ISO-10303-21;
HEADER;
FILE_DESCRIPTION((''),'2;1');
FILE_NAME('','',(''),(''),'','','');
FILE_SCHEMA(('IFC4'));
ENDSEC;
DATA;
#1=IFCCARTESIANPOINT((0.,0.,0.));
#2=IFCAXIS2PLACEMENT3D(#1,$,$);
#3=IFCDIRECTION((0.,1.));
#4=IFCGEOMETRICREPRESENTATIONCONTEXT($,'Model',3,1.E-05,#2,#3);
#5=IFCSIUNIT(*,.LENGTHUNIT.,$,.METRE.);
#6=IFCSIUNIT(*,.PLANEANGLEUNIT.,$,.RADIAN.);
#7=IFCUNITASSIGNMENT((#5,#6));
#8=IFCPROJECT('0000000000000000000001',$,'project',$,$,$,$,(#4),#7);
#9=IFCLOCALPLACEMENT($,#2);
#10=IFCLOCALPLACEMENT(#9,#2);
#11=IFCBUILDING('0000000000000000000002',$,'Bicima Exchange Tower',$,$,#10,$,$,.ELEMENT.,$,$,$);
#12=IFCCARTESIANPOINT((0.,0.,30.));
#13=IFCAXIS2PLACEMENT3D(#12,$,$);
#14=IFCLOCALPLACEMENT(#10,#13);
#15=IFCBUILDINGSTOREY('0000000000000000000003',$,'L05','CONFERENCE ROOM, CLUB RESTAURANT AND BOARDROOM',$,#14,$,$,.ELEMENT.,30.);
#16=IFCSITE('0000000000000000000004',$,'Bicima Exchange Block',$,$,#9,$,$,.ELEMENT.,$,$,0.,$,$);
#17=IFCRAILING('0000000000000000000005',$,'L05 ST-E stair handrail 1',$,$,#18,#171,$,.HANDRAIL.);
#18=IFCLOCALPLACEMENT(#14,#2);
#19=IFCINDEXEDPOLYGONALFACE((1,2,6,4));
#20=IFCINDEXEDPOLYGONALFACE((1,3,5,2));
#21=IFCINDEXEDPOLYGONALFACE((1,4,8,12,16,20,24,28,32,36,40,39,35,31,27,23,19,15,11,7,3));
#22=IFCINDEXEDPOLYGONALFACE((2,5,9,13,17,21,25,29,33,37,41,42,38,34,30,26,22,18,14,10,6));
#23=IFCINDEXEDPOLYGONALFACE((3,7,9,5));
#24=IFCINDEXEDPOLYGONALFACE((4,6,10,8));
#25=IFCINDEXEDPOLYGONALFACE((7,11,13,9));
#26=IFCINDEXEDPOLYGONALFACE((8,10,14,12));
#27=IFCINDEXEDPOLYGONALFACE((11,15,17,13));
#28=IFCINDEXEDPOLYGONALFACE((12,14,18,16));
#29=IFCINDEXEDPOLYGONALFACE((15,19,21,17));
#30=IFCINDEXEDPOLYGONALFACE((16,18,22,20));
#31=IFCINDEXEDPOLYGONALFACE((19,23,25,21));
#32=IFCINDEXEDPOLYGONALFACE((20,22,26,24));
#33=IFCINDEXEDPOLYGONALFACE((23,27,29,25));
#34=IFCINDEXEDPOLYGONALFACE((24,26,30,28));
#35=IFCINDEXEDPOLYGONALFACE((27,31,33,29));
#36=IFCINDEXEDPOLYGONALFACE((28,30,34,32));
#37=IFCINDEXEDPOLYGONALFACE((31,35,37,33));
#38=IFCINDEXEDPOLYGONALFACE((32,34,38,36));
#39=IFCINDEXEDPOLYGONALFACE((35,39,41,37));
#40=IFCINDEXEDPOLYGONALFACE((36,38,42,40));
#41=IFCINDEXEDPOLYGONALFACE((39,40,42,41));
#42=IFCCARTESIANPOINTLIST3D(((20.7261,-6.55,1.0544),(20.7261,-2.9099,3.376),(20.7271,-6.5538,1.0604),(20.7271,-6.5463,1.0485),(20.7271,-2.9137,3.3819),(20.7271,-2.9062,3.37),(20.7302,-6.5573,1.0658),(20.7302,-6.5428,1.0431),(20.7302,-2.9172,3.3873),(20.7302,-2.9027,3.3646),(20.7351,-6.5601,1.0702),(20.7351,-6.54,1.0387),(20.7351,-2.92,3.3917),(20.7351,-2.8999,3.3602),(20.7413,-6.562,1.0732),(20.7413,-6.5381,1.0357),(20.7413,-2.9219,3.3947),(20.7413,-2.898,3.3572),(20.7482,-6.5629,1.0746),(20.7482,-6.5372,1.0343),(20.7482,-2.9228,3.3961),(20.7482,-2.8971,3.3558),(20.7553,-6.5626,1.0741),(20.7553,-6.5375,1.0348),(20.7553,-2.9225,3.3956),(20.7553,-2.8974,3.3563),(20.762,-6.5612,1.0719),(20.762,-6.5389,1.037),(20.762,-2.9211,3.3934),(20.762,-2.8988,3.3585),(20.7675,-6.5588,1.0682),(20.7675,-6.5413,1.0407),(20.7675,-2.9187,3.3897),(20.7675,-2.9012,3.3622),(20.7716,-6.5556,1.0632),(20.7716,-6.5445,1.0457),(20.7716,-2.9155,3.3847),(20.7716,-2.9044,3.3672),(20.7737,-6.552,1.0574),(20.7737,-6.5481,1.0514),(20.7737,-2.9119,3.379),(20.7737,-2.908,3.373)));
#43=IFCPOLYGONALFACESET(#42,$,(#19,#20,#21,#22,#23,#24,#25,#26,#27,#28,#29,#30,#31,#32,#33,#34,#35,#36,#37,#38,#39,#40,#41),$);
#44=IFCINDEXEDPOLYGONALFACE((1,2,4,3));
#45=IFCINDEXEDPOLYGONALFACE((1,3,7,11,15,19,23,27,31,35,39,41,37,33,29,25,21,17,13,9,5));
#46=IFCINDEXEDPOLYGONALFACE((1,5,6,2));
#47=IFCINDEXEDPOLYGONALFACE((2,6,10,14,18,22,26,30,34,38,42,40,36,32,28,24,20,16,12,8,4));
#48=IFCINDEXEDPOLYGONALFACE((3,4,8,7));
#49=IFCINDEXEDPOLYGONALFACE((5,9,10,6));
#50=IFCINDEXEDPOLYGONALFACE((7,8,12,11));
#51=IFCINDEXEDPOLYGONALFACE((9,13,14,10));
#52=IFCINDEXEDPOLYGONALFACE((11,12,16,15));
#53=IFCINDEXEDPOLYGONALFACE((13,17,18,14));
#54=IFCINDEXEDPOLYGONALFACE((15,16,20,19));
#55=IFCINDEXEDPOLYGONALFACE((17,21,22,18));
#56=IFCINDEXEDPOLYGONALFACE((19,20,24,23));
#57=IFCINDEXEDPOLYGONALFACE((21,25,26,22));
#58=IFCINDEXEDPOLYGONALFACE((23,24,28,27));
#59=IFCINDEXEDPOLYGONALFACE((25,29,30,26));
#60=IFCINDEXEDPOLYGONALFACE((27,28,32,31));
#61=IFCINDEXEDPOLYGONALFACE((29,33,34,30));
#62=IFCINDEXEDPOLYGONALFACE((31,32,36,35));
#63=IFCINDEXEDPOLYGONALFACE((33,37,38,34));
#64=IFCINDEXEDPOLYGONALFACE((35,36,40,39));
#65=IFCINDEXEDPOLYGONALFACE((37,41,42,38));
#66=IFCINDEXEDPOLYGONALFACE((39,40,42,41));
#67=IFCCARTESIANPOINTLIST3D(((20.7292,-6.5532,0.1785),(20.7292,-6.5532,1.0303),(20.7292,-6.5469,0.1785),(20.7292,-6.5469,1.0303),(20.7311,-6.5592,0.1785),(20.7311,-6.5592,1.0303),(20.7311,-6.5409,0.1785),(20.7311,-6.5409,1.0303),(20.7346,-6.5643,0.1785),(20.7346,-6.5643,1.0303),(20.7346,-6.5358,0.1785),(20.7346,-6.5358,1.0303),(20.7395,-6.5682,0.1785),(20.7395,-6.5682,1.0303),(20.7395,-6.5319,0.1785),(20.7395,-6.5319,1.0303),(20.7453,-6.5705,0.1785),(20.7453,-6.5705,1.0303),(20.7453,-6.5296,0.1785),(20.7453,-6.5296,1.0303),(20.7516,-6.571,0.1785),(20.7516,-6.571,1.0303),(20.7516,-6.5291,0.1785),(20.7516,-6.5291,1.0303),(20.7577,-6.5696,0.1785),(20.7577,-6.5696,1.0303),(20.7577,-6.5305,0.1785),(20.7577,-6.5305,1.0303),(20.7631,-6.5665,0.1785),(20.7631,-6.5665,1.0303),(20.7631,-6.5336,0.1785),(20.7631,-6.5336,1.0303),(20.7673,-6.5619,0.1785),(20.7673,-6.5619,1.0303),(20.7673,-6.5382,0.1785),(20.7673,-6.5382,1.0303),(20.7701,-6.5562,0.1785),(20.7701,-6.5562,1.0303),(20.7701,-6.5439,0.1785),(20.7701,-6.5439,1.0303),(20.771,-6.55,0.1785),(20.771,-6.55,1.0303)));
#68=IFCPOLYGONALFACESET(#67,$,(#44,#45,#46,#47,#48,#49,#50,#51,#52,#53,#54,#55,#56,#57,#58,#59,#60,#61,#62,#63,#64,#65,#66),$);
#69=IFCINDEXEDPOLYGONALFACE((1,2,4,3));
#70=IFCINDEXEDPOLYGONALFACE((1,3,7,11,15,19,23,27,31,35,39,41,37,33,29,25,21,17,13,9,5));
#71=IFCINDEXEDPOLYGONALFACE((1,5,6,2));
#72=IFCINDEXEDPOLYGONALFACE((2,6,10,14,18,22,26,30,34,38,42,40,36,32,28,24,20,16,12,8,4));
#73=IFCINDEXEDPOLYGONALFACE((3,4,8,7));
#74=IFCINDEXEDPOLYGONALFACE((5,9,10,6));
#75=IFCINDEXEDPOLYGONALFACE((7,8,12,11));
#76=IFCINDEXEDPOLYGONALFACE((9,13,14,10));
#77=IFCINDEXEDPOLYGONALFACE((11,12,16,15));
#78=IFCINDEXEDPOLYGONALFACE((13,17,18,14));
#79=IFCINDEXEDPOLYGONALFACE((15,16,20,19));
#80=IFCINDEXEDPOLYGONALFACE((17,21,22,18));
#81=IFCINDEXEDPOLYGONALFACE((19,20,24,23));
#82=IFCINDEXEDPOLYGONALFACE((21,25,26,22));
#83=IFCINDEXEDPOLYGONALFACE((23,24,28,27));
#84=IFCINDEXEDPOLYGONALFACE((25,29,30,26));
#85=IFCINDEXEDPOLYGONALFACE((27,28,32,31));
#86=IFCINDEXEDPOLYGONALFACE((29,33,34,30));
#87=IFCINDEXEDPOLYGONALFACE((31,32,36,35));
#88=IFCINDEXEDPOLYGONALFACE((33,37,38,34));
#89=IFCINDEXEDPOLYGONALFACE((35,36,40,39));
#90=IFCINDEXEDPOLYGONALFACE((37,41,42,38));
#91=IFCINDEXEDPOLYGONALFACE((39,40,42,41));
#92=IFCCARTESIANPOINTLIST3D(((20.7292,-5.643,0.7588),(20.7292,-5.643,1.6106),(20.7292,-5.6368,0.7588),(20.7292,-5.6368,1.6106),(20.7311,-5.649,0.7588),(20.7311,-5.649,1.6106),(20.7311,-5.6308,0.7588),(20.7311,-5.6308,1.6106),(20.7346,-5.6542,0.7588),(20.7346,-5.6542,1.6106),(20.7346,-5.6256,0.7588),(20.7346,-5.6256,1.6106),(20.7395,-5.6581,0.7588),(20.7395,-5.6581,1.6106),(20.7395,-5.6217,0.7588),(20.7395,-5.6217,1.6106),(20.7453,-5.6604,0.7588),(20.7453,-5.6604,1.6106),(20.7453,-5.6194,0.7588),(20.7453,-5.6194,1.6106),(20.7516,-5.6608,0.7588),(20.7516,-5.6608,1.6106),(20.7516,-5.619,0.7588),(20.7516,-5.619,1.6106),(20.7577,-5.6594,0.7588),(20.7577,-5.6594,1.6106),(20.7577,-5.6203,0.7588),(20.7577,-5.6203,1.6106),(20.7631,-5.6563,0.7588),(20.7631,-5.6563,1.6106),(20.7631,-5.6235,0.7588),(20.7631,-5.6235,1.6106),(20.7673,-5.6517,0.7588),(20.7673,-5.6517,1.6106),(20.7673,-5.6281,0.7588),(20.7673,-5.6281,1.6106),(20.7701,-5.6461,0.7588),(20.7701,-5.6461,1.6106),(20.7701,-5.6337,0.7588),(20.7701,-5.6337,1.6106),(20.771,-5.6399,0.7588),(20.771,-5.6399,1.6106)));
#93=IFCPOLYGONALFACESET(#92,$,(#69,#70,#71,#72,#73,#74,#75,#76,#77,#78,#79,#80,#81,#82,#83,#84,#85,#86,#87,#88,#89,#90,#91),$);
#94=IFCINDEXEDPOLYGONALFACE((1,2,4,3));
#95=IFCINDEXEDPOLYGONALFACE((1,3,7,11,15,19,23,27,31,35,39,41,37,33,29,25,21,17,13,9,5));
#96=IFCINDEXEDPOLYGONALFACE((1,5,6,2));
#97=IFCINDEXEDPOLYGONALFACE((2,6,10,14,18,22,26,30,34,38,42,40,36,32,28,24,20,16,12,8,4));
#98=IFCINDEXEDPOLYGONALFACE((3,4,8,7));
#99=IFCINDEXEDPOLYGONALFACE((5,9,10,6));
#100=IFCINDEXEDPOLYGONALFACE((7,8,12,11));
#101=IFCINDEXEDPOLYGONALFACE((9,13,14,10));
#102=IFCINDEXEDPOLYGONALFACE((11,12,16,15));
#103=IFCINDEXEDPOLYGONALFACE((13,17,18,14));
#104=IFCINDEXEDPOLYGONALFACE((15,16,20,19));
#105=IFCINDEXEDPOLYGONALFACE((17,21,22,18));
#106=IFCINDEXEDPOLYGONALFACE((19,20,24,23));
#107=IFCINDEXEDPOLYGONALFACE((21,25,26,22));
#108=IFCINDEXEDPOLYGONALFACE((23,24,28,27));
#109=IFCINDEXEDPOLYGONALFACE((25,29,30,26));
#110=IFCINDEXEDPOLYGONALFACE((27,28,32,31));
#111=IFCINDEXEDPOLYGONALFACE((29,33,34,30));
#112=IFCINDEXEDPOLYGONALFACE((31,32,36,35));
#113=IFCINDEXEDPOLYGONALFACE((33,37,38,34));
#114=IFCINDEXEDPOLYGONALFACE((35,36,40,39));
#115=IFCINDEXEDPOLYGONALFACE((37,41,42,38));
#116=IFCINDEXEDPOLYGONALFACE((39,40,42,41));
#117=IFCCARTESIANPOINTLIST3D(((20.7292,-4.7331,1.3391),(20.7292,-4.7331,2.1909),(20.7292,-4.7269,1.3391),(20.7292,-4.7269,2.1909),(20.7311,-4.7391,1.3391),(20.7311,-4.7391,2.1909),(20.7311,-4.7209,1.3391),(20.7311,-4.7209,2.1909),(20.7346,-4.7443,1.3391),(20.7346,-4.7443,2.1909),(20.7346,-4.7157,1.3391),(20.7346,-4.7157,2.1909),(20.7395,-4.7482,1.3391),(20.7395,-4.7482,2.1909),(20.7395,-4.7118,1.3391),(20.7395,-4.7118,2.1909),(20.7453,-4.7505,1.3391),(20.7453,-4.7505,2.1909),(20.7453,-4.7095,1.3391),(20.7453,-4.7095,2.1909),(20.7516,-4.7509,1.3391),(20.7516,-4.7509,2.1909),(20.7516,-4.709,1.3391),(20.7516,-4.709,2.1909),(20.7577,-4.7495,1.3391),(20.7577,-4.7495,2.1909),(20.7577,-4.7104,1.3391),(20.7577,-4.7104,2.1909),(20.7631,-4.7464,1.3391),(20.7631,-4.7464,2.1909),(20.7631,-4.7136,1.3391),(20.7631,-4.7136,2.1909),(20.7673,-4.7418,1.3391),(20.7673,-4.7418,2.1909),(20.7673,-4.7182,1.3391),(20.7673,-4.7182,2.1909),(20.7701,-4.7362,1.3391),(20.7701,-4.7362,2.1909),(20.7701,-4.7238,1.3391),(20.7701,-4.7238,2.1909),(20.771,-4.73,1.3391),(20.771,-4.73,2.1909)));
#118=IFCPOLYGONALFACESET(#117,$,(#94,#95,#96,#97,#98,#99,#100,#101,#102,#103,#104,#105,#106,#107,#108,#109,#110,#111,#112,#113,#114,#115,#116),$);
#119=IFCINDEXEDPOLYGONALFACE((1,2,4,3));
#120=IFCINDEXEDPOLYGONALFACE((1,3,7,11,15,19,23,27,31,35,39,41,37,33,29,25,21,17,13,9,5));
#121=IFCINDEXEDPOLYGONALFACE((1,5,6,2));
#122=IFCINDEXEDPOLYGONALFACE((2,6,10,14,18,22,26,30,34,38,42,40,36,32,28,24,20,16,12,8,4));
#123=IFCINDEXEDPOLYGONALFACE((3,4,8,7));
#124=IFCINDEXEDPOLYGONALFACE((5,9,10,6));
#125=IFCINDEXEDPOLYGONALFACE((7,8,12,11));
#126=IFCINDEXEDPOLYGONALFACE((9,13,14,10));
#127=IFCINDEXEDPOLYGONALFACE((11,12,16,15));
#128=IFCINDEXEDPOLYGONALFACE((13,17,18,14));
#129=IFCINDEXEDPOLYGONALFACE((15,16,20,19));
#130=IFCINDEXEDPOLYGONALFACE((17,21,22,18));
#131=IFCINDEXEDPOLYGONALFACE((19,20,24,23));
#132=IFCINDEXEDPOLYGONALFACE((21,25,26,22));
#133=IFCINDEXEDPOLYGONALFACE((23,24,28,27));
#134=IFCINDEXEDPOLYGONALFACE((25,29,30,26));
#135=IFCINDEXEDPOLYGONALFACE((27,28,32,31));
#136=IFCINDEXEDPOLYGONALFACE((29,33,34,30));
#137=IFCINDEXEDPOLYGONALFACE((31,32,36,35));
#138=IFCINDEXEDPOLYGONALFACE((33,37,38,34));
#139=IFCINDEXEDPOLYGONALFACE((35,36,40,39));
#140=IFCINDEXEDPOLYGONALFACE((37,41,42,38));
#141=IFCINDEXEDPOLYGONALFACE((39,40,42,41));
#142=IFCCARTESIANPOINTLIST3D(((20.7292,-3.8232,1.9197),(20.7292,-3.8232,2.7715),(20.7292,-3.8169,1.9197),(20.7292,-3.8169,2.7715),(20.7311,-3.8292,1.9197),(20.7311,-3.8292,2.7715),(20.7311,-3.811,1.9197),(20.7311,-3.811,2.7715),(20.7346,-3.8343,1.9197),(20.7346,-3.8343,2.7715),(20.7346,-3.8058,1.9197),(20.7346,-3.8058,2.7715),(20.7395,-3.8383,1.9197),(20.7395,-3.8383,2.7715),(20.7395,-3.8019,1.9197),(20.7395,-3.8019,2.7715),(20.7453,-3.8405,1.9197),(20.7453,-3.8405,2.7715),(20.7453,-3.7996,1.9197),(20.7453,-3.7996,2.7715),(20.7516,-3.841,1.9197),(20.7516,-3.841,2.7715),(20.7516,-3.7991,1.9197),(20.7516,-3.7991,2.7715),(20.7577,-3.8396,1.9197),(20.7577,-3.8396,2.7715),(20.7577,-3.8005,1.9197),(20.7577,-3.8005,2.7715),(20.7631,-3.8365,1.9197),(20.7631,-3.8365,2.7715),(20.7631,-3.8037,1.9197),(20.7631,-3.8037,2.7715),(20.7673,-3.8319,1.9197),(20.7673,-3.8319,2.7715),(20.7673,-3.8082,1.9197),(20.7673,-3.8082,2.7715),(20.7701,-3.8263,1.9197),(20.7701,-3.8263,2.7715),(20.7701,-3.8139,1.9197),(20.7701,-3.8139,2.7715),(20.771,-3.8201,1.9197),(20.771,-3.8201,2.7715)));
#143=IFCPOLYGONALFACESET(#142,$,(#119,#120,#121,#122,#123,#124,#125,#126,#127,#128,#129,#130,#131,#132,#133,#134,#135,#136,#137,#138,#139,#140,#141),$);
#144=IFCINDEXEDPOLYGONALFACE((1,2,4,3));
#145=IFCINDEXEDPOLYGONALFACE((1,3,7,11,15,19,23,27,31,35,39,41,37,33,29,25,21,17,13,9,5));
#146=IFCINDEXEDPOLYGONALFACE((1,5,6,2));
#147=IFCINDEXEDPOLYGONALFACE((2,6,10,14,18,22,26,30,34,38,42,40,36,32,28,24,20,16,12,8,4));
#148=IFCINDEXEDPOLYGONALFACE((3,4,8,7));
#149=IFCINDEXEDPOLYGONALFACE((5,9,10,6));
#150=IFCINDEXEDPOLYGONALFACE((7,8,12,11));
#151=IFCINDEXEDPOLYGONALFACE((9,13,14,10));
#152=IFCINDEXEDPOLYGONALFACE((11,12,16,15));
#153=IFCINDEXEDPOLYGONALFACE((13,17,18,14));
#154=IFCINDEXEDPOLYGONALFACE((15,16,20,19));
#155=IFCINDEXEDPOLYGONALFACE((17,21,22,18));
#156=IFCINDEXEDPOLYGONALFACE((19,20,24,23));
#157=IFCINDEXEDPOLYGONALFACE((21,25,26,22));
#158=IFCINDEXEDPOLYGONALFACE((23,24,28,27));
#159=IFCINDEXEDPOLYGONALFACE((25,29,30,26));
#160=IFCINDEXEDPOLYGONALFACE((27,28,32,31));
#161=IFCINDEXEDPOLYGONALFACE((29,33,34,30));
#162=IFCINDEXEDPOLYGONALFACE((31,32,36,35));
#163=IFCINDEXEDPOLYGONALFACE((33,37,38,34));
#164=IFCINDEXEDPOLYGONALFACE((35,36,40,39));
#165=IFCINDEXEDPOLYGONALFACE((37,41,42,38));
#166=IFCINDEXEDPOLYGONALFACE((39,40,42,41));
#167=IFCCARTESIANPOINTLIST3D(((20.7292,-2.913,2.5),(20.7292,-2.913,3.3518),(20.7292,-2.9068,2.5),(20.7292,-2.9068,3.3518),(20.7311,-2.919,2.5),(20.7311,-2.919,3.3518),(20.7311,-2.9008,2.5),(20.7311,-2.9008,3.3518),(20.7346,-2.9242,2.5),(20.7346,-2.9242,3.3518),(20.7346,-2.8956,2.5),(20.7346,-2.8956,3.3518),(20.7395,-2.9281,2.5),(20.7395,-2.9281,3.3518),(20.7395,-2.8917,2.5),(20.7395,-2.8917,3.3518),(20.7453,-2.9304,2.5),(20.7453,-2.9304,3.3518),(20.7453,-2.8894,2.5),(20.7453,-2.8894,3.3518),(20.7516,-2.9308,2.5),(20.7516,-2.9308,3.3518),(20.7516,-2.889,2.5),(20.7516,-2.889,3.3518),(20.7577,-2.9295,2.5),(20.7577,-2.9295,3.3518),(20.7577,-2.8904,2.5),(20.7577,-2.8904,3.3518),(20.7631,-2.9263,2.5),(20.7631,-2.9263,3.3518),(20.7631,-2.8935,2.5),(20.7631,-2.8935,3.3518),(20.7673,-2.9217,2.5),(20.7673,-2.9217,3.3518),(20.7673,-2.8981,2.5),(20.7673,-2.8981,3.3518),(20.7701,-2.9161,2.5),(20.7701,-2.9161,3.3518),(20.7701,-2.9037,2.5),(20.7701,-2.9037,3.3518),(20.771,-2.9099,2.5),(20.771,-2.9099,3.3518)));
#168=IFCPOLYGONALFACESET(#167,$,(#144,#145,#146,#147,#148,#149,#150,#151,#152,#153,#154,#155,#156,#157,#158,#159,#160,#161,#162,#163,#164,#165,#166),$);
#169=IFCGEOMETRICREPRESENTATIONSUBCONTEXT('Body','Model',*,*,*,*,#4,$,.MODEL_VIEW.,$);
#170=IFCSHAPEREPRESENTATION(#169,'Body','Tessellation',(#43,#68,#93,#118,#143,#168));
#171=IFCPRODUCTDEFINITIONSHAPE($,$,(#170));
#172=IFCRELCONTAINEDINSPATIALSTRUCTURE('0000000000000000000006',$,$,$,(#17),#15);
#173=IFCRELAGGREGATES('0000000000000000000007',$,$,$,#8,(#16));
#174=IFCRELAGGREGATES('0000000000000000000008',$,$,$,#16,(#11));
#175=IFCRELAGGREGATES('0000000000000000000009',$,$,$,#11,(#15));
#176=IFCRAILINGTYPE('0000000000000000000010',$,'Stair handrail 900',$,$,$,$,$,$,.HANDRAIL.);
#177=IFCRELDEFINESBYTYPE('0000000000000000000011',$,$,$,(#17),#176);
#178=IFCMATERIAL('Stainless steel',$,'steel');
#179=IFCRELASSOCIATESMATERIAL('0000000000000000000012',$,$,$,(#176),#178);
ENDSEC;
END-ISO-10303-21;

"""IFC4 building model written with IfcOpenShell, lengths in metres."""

from ifc_helpers import new_model, si_unit, direction, frame, origin, origin_2d, place, context, subcontext, project, spatial, circle, extrude, material, type_object, element, save


model = new_model("IFC4")

# Units and contexts
model_context = context("Model", 3, precision=1e-05, world=origin(), true_north=direction((0.0, 1.0)))
body_context = subcontext(model_context, "Body", "Model", "MODEL_VIEW")
ifc_project = project(units=[si_unit("LENGTHUNIT", "METRE"), si_unit("PLANEANGLEUNIT", "RADIAN")], contexts=[model_context])

# Site, building, storey
site_placement = place(None, origin())
site = spatial("IfcSite", under=ifc_project, at=site_placement, Name="Bicima Exchange Block", CompositionType="ELEMENT", RefElevation=0.0)
building_placement = place(site_placement, origin())
building = spatial("IfcBuilding", under=site, at=building_placement, Name="Bicima Exchange Tower", CompositionType="ELEMENT")
storey_placement = place(building_placement, frame((0.0, 0.0, 30.0)))
storey = spatial("IfcBuildingStorey", under=building, at=storey_placement, Name="L05", Description="CONFERENCE ROOM, CLUB RESTAURANT AND BOARDROOM", CompositionType="ELEMENT", Elevation=30.0)

# Railing
ifc_material_1 = material(Name="Stainless steel", Category="steel")
railing_type_1 = type_object("IfcRailingType", Name="Stair handrail 900", PredefinedType="HANDRAIL", material=ifc_material_1)
railing_1_placement = place(storey_placement, frame((20.75, -6.55, 0.1785)))
element("IfcRailing", 1, at=railing_1_placement, inside=storey, type_object=railing_type_1, Name="L05 ST-E stair handrail 1", PredefinedType="HANDRAIL", context=body_context, shape_type="SweptSolid", body=[
    extrude(circle(Radius=0.0239, at=origin_2d()), frame((0.0, 0.0, 0.876), z_axis=(0.0, 0.843128, 0.537713), x_axis=(-1.0, 0.0, 0.0)), (0.0, 0.0, 1.0), 4.3174),
    extrude(circle(Radius=0.021, at=origin_2d()), origin(), (0.0, 0.0, 1.0), 0.8518),
    extrude(circle(Radius=0.021, at=origin_2d()), frame((0.0, 0.9102, 0.5803)), (0.0, 0.0, 1.0), 0.8518),
    extrude(circle(Radius=0.021, at=origin_2d()), frame((0.0, 1.8201, 1.1606)), (0.0, 0.0, 1.0), 0.8518),
    extrude(circle(Radius=0.021, at=origin_2d()), frame((0.0, 2.73, 1.7412)), (0.0, 0.0, 1.0), 0.8518),
    extrude(circle(Radius=0.021, at=origin_2d()), frame((0.0, 3.6401, 2.3215)), (0.0, 0.0, 1.0), 0.8518),
])

save(model, "model.ifc")
